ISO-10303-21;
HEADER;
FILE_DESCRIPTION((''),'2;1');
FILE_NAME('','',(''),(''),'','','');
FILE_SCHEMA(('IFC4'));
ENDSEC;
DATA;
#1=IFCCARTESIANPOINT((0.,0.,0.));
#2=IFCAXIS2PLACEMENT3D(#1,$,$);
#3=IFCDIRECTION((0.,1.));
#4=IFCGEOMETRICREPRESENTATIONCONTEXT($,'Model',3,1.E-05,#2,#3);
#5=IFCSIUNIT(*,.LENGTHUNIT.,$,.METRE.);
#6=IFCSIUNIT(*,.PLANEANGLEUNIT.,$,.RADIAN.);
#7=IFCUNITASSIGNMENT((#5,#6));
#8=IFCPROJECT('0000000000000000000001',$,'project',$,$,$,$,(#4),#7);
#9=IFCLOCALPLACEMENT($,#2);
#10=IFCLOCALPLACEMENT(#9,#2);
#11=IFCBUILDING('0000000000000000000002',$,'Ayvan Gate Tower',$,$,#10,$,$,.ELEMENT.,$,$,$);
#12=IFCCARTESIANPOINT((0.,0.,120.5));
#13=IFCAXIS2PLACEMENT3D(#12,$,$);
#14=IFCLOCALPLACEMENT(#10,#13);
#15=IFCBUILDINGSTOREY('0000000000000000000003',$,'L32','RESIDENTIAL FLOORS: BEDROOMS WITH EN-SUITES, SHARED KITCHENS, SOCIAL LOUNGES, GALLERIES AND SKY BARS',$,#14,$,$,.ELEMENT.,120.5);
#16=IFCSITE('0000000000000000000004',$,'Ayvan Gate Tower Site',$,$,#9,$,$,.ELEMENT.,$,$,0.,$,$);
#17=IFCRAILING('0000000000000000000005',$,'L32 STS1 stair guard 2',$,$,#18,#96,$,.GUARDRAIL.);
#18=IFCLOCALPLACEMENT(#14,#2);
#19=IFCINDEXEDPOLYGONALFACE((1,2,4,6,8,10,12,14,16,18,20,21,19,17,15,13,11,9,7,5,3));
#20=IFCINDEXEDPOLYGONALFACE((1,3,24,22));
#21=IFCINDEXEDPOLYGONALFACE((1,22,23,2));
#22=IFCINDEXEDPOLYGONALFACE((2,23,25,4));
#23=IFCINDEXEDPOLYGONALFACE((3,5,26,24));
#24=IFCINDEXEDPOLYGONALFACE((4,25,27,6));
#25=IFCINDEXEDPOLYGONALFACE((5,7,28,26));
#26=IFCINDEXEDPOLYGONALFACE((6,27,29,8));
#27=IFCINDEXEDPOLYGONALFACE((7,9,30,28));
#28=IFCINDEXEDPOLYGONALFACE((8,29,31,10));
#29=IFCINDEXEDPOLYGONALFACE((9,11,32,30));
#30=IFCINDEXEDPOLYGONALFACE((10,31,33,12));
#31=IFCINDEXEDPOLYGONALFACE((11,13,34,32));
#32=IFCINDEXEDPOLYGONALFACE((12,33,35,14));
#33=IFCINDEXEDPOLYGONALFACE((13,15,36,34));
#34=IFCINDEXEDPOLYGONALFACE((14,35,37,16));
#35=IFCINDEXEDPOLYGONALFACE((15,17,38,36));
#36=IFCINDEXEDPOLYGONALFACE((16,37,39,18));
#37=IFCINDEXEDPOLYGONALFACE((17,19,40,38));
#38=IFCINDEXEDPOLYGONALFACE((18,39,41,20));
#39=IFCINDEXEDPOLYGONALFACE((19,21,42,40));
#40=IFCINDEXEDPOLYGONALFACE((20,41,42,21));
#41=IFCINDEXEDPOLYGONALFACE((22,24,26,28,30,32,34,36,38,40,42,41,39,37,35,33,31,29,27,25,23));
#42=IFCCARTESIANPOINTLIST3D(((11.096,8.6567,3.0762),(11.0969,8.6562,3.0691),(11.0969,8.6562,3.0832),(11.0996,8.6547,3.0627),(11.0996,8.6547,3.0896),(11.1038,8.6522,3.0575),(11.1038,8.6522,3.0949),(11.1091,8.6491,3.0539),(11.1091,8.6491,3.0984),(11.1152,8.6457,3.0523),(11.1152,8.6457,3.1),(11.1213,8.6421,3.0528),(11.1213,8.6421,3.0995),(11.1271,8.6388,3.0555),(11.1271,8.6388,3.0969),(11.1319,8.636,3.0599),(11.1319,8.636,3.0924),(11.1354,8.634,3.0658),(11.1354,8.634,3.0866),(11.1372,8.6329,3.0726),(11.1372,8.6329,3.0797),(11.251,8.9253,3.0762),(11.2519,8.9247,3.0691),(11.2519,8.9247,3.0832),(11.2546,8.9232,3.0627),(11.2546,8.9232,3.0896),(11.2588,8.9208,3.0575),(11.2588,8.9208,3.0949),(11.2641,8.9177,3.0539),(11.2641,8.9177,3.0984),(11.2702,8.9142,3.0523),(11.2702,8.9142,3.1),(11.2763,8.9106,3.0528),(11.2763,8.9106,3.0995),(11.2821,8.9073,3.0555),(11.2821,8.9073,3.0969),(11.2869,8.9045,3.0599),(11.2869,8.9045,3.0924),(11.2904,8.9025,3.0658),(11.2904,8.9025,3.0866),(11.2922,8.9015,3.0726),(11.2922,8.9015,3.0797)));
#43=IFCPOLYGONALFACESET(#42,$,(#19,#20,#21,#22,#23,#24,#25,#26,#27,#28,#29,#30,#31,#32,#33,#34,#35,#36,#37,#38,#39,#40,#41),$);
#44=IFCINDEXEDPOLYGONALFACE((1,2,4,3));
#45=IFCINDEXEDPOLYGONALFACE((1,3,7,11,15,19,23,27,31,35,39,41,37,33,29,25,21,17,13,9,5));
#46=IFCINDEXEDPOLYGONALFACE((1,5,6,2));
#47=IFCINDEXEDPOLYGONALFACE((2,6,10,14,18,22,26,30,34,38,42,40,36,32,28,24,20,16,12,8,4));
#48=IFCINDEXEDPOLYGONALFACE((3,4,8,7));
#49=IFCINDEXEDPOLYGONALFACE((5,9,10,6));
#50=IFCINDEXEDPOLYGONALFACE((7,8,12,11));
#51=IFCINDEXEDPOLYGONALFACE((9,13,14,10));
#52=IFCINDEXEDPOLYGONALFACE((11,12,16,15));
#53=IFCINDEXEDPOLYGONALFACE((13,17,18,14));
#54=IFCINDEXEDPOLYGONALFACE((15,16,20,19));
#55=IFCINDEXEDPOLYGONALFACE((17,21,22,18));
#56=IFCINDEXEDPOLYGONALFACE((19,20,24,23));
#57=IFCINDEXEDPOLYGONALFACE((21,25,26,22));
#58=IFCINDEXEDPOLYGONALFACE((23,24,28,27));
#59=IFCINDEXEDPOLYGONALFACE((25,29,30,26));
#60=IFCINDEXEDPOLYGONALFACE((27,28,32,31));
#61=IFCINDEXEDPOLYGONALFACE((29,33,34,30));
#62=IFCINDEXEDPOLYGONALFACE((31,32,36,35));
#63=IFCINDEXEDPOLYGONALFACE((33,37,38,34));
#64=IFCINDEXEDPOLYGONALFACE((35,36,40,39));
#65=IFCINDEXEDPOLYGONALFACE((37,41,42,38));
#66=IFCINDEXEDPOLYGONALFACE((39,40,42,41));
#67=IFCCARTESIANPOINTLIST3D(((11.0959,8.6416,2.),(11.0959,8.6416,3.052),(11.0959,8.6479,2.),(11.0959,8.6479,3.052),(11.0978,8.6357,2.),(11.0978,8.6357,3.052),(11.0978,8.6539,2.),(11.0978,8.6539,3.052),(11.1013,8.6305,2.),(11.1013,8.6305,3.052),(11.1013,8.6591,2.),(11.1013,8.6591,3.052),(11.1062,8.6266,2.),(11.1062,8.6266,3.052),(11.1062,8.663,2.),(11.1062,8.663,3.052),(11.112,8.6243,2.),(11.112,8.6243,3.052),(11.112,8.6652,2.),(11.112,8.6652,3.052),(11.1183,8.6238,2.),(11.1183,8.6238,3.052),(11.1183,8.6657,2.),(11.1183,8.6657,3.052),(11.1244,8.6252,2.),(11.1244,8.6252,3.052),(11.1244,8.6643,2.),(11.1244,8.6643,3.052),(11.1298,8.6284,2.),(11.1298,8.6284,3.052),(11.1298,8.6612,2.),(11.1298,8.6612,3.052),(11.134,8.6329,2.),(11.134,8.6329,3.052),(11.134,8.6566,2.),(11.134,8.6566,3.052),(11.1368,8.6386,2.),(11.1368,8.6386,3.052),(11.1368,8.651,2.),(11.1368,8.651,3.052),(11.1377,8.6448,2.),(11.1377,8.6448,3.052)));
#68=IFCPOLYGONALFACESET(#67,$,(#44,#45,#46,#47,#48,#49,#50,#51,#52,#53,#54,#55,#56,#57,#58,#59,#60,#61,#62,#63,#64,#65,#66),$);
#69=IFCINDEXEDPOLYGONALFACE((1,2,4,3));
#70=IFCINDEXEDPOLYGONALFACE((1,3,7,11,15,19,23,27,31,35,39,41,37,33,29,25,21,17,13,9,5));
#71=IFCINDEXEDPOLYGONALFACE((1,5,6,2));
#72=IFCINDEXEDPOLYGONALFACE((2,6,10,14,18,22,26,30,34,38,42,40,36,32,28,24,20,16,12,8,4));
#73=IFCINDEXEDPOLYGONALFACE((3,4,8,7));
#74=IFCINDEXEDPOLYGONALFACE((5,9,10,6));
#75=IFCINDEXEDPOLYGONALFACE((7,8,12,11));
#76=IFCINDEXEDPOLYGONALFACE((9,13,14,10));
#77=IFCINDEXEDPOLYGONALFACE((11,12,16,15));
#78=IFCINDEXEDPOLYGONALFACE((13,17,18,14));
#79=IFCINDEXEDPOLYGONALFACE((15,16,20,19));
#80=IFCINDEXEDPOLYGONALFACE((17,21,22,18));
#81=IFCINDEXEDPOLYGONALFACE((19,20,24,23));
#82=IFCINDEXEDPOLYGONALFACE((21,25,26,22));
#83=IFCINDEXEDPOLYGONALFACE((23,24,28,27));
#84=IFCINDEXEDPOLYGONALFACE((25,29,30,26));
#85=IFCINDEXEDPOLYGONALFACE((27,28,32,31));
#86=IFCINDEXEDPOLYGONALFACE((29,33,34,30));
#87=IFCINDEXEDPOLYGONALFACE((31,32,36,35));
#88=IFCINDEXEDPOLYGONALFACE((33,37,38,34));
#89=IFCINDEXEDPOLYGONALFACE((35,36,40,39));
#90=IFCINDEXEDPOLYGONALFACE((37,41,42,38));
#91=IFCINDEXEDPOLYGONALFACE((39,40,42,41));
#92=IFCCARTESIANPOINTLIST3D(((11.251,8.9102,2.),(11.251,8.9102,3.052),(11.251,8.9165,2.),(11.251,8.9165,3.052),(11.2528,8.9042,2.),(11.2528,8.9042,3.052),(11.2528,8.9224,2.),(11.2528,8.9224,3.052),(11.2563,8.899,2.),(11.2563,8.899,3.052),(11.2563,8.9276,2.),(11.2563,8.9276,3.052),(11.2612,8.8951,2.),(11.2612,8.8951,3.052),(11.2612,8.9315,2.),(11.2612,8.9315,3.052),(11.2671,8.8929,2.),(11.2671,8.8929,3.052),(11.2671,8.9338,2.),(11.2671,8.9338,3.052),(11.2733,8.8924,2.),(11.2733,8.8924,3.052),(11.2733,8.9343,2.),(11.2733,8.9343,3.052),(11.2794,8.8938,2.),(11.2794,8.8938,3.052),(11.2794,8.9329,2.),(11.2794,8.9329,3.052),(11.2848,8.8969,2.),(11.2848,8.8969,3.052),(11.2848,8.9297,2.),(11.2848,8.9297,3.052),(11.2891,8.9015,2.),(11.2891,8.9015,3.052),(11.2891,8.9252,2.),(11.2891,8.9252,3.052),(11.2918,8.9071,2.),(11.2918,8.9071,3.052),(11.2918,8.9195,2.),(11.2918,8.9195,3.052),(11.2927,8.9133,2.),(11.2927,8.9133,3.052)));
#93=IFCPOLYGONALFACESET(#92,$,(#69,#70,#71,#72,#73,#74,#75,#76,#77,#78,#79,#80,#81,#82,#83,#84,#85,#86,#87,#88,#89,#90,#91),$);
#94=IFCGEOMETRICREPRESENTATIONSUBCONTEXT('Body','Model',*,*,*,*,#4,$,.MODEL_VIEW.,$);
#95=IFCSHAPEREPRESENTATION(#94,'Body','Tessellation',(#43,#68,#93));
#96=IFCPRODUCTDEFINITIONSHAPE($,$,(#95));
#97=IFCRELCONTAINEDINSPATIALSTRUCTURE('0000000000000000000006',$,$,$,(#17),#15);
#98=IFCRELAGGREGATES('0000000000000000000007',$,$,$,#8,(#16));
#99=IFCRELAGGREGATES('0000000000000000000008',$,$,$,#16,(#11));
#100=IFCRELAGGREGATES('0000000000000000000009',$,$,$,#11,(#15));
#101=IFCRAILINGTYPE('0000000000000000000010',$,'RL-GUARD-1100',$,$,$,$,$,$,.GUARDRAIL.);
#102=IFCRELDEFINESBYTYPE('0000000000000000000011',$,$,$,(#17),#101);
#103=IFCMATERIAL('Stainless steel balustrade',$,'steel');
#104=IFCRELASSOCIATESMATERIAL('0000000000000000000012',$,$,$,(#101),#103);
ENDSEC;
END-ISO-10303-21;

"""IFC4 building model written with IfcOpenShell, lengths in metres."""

from ifc_helpers import new_model, si_unit, direction, frame, origin, origin_2d, place, context, subcontext, project, spatial, circle, extrude, material, type_object, element, save


model = new_model("IFC4")

# Units and contexts
model_context = context("Model", 3, precision=1e-05, world=origin(), true_north=direction((0.0, 1.0)))
body_context = subcontext(model_context, "Body", "Model", "MODEL_VIEW")
ifc_project = project(units=[si_unit("LENGTHUNIT", "METRE"), si_unit("PLANEANGLEUNIT", "RADIAN")], contexts=[model_context])

# Site, building, storey
site_placement = place(None, origin())
site = spatial("IfcSite", under=ifc_project, at=site_placement, Name="Ayvan Gate Tower Site", CompositionType="ELEMENT", RefElevation=0.0)
building_placement = place(site_placement, origin())
building = spatial("IfcBuilding", under=site, at=building_placement, Name="Ayvan Gate Tower", CompositionType="ELEMENT")
storey_placement = place(building_placement, frame((0.0, 0.0, 120.5)))
storey = spatial("IfcBuildingStorey", under=building, at=storey_placement, Name="L32", Description="RESIDENTIAL FLOORS: BEDROOMS WITH EN-SUITES, SHARED KITCHENS, SOCIAL LOUNGES, GALLERIES AND SKY BARS", CompositionType="ELEMENT", Elevation=120.5)

# Railing
ifc_material_1 = material(Name="Stainless steel balustrade", Category="steel")
railing_type_1 = type_object("IfcRailingType", Name="RL-GUARD-1100", PredefinedType="GUARDRAIL", material=ifc_material_1)
railing_1_placement = place(storey_placement, frame((11.1167, 8.6448, 2.0)))
element("IfcRailing", 1, at=railing_1_placement, inside=storey, type_object=railing_type_1, Name="L32 STS1 stair guard 2", PredefinedType="GUARDRAIL", context=body_context, shape_type="SweptSolid", body=[
    extrude(circle(Radius=0.0239, at=origin_2d()), frame((0.0, 0.0, 1.0762), z_axis=(0.49995, 0.866054, 0.0), x_axis=(-0.866054, 0.49995, 0.0)), (0.0, 0.0, 1.0), 0.3101),
    extrude(circle(Radius=0.021, at=origin_2d()), origin(), (0.0, 0.0, 1.0), 1.052),
    extrude(circle(Radius=0.021, at=origin_2d()), frame((0.155, 0.2686, 0.0)), (0.0, 0.0, 1.0), 1.052),
])

save(model, "model.ifc")
